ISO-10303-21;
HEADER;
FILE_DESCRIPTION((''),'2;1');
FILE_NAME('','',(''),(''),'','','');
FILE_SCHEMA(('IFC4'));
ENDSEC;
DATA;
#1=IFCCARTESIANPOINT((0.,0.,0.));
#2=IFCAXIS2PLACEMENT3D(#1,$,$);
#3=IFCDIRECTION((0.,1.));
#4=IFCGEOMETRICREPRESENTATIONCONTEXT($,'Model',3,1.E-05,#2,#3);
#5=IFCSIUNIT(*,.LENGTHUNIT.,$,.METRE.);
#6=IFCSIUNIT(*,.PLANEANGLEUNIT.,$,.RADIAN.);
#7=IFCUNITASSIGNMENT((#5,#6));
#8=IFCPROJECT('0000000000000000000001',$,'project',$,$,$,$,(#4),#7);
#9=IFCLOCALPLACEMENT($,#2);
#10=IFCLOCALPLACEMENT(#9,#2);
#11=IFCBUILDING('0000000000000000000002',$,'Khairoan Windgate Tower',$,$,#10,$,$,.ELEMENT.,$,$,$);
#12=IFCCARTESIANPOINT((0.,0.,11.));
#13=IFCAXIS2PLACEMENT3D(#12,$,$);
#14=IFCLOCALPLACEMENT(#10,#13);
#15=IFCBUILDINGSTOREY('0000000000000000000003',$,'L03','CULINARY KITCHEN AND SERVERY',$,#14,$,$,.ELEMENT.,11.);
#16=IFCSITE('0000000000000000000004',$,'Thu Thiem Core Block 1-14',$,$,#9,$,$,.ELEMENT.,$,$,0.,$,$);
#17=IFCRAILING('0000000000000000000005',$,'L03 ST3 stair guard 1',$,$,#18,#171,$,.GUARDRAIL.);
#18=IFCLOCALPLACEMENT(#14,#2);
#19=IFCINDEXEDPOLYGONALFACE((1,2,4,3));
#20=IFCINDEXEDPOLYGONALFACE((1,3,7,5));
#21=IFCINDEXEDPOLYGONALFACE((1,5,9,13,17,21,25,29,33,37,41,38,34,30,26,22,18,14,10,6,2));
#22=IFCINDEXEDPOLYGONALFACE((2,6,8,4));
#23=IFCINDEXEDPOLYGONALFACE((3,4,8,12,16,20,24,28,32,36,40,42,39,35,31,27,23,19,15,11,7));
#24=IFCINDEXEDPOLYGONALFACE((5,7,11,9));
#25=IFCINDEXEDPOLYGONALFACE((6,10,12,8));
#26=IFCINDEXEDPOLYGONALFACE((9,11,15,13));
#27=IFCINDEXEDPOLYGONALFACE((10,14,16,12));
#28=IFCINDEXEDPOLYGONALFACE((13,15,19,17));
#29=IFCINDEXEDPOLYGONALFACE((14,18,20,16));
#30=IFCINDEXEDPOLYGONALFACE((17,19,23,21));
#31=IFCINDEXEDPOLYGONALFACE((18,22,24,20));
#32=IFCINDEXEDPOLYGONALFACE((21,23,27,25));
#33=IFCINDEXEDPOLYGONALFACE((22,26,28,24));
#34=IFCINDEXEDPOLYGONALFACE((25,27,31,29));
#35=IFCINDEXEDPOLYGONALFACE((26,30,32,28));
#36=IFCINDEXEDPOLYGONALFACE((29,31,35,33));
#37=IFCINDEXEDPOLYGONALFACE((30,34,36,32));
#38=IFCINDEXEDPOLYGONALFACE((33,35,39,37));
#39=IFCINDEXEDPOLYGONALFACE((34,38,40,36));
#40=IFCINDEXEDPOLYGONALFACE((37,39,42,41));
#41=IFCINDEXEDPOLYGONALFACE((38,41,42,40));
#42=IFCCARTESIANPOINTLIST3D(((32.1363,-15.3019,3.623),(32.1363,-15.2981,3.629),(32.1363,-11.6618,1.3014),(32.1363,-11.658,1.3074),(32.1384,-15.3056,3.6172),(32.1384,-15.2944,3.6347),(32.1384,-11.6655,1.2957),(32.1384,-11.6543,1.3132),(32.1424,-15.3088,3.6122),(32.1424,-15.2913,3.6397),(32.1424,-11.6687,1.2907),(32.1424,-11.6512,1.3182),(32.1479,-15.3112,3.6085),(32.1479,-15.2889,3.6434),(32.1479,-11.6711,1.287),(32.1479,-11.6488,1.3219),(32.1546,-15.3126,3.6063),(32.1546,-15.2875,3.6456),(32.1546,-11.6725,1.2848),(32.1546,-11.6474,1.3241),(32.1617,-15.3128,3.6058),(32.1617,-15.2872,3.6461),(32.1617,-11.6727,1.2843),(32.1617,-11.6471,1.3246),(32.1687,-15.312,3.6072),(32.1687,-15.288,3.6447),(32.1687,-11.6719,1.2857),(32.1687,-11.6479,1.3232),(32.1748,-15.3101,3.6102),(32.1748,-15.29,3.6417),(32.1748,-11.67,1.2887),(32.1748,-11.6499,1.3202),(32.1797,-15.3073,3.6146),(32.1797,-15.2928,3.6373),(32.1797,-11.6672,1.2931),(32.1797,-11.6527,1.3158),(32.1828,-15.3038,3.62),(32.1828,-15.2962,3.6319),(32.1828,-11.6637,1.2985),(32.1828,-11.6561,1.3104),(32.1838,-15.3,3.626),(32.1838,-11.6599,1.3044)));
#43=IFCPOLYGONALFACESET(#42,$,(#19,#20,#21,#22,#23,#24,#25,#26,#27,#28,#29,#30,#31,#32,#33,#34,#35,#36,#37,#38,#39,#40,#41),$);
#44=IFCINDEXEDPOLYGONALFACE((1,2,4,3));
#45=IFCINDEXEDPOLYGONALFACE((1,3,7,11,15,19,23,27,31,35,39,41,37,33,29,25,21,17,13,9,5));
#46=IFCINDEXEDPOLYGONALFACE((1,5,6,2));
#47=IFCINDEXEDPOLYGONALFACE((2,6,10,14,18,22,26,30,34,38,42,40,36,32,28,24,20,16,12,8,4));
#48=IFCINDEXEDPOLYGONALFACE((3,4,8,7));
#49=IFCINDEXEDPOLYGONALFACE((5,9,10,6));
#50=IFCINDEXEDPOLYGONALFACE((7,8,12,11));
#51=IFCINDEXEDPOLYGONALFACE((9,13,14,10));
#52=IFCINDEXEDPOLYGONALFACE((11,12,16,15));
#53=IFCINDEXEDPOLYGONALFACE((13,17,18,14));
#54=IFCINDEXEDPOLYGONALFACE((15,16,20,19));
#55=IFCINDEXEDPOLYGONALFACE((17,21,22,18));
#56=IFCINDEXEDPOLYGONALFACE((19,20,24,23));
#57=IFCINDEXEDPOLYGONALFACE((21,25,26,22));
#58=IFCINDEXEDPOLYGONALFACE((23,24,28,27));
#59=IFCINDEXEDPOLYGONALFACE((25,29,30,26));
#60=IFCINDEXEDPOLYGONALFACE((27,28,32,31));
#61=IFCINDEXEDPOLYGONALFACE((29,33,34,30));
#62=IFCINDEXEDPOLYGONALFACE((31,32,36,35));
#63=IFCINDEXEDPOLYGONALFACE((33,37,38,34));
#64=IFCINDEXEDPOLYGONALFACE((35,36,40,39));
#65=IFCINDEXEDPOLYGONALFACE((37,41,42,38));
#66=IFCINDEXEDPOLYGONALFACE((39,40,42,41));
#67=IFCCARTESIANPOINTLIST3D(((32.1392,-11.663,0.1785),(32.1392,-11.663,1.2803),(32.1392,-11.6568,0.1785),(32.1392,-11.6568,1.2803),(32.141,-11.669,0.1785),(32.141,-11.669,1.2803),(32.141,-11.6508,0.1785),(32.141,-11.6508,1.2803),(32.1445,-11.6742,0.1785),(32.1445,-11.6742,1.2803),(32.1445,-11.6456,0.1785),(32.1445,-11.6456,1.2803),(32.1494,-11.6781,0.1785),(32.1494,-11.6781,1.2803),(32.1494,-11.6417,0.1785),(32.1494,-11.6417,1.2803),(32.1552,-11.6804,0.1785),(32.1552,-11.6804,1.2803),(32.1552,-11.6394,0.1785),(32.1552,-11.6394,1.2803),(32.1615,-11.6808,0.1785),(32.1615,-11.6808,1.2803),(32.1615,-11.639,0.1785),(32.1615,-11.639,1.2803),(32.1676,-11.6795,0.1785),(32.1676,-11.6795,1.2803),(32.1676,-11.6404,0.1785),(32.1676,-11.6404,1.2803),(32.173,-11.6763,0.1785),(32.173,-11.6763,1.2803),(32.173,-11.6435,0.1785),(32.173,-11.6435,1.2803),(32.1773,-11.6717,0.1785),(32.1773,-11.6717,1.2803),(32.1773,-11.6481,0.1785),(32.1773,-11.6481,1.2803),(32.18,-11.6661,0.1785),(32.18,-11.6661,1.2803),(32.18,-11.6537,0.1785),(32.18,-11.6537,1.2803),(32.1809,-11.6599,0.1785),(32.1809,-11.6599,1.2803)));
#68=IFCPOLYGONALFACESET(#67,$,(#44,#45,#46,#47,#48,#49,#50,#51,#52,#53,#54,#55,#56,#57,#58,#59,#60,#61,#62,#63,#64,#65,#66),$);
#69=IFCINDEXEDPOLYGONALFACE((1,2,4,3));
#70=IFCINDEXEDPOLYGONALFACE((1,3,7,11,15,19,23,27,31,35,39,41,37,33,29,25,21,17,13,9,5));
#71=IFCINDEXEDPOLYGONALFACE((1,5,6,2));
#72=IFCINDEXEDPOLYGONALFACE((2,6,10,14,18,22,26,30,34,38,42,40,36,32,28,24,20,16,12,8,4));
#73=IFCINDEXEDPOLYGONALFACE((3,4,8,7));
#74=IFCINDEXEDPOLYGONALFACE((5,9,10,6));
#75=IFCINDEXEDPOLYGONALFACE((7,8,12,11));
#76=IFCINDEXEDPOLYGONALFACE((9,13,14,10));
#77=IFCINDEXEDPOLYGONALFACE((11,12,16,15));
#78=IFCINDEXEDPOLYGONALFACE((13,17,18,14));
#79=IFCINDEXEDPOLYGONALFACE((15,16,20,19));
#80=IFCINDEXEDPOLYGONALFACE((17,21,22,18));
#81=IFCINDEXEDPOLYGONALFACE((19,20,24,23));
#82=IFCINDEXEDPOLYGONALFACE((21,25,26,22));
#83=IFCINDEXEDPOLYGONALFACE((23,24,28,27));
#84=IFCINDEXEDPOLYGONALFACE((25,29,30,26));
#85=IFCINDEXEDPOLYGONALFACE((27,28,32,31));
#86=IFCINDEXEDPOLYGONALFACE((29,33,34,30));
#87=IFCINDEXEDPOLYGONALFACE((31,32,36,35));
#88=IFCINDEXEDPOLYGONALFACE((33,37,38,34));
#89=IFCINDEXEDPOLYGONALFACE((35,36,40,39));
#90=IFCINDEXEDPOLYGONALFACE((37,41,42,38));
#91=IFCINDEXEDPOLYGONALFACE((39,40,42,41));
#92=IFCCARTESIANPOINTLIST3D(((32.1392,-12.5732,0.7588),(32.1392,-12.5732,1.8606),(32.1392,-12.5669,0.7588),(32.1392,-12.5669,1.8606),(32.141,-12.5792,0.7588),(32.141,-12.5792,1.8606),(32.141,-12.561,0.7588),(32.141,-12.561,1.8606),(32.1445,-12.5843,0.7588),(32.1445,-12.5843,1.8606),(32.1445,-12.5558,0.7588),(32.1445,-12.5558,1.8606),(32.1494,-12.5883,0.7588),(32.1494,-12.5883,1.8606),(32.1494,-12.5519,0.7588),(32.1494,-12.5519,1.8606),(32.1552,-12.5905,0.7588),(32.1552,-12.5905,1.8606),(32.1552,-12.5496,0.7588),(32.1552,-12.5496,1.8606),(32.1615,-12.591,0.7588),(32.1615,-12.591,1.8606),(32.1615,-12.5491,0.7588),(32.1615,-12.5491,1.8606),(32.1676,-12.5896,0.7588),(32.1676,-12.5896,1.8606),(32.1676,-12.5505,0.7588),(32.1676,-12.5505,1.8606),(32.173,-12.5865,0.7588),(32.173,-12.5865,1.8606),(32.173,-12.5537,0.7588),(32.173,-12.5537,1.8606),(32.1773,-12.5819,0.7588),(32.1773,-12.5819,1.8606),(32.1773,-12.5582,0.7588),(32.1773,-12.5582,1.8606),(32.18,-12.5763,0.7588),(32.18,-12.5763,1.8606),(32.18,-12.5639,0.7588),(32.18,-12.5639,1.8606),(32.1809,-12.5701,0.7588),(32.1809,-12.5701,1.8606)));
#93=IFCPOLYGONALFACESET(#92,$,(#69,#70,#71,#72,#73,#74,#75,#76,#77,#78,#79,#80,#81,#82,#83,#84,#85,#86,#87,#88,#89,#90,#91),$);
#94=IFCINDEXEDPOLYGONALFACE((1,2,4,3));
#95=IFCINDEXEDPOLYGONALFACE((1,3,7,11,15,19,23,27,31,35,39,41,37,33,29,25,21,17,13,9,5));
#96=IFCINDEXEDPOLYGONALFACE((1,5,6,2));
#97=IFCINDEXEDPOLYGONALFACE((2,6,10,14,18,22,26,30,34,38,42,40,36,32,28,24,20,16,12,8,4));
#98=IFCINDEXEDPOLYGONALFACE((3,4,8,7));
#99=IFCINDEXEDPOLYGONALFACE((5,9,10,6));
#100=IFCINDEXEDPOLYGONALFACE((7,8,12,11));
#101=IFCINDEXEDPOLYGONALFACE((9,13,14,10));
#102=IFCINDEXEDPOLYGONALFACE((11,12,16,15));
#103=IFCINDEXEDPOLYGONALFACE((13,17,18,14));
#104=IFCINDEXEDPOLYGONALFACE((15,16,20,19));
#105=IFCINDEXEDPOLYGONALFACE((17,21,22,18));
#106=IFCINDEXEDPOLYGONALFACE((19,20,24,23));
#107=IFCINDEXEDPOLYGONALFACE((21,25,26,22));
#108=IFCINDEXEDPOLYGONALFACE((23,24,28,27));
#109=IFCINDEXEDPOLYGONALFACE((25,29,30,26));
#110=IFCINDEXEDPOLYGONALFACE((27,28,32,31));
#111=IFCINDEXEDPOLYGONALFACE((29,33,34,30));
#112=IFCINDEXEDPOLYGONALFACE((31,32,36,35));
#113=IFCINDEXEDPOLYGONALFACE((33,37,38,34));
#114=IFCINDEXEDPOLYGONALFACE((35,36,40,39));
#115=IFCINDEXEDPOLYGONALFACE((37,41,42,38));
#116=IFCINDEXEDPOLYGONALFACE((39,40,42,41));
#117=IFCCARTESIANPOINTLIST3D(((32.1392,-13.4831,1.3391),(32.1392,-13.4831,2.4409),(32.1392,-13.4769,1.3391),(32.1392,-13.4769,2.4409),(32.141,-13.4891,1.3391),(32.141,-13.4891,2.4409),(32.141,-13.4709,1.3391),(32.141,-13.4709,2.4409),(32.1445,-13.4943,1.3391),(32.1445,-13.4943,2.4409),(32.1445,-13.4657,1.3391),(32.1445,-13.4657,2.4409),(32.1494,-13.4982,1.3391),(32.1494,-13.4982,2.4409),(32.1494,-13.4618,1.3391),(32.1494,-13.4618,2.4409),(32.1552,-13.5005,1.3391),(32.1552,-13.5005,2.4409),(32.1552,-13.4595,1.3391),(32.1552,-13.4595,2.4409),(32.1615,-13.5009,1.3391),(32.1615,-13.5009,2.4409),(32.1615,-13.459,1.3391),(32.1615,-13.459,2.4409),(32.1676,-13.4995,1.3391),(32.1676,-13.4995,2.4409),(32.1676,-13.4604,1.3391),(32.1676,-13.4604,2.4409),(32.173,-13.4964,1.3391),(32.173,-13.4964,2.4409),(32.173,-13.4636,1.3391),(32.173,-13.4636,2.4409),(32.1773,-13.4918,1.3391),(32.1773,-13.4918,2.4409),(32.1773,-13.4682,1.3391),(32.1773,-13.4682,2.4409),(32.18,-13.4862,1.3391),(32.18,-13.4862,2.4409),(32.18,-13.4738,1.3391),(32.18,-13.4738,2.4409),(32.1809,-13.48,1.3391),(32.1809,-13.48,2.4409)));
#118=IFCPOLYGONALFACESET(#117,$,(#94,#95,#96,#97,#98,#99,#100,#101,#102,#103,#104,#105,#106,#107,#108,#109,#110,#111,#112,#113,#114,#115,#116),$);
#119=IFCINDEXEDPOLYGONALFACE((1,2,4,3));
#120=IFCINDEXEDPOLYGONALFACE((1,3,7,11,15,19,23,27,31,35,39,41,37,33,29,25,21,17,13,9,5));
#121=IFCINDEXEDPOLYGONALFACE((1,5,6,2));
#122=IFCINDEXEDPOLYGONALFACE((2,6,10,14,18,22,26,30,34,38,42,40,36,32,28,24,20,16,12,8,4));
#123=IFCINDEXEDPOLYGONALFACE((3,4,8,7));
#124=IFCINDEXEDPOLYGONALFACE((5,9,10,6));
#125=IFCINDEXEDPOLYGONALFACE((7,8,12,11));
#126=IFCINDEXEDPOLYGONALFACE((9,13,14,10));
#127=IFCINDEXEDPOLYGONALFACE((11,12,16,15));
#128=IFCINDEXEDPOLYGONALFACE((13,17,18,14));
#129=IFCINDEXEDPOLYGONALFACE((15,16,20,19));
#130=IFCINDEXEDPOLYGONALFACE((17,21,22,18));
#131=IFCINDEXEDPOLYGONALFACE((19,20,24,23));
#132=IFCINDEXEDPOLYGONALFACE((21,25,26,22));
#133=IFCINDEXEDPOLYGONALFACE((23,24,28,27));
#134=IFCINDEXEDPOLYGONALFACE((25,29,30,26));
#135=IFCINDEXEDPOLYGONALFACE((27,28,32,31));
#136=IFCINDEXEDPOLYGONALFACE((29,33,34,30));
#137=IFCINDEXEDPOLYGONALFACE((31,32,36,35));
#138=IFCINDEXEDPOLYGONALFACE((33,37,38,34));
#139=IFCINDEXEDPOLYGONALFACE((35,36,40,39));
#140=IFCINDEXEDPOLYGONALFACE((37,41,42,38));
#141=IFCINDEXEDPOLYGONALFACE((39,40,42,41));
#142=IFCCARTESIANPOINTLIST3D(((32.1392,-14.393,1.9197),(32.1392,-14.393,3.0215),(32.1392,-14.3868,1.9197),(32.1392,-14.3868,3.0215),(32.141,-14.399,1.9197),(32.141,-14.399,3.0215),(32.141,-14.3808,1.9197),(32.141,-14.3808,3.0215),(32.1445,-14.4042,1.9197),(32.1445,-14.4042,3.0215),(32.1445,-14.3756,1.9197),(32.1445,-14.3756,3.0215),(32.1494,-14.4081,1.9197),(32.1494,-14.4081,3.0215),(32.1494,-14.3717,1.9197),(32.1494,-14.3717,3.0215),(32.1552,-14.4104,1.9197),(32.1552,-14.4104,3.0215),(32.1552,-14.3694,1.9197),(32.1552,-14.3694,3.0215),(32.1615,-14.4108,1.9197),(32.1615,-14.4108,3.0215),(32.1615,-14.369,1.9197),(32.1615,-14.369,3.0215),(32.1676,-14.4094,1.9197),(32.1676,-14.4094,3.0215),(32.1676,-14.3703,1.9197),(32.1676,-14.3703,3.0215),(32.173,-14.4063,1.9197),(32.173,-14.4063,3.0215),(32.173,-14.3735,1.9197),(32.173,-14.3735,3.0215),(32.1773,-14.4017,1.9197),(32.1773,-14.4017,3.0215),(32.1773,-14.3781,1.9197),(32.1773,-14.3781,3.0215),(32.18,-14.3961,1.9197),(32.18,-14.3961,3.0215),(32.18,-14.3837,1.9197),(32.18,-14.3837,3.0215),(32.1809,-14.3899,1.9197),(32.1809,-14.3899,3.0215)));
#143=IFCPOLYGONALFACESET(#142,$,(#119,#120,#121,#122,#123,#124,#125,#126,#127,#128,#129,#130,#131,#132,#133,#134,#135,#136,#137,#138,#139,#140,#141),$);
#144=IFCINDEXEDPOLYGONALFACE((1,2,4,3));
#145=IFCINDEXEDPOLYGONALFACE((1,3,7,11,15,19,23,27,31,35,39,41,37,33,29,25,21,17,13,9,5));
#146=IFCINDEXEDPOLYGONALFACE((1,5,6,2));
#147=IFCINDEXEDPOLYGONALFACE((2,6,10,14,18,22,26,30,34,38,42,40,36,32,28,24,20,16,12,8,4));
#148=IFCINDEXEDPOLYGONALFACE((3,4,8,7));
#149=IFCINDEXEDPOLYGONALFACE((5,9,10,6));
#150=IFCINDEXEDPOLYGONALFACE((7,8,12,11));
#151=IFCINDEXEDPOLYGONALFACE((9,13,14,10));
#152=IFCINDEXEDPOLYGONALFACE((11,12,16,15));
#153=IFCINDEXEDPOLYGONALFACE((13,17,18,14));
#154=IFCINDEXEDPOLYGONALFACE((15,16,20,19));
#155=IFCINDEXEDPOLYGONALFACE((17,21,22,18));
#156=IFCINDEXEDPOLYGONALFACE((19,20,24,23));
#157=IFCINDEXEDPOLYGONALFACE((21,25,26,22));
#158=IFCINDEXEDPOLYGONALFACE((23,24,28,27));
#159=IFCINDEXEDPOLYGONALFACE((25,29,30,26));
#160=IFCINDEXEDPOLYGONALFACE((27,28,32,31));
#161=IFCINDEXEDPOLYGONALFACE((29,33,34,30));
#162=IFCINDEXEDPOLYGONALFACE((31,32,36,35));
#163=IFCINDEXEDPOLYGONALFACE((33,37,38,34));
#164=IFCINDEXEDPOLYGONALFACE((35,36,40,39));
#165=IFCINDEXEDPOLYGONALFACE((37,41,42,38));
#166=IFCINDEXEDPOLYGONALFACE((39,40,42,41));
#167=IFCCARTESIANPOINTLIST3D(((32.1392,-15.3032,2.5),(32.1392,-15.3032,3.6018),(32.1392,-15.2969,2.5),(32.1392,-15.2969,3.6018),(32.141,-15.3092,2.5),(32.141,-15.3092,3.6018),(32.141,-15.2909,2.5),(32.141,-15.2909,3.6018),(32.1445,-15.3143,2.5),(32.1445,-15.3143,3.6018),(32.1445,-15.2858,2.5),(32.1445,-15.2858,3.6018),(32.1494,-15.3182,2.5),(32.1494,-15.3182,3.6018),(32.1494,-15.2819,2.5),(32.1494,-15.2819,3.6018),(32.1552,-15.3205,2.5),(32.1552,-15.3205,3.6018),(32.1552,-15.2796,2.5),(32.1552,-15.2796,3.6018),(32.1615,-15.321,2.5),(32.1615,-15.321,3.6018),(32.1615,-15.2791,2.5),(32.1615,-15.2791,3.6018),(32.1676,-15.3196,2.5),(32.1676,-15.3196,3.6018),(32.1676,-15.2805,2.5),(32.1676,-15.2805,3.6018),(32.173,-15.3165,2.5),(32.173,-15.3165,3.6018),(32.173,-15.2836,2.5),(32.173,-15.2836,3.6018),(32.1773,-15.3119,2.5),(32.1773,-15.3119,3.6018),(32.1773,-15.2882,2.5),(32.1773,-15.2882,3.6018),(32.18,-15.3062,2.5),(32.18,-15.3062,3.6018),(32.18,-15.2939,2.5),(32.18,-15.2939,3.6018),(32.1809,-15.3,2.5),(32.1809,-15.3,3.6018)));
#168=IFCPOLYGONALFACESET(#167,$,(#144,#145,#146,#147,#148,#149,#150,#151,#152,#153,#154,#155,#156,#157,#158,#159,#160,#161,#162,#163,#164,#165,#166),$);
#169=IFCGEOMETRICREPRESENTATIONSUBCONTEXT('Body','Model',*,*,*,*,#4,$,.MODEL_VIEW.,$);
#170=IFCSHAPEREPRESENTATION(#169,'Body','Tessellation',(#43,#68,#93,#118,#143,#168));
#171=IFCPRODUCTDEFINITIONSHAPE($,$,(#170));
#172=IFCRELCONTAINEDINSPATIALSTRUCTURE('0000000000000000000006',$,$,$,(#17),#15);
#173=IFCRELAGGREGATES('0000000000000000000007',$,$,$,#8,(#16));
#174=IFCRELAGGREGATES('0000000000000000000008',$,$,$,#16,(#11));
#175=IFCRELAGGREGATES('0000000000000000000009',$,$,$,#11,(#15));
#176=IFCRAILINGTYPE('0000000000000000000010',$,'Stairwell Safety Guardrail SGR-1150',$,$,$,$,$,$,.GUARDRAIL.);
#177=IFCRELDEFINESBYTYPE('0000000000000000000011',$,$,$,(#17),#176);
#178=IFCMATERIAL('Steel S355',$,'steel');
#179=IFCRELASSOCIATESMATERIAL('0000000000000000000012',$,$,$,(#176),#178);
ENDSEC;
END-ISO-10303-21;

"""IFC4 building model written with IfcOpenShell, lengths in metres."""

from ifc_helpers import new_model, si_unit, direction, frame, origin, origin_2d, place, context, subcontext, project, spatial, circle, extrude, material, type_object, element, save


model = new_model("IFC4")

# Units and contexts
model_context = context("Model", 3, precision=1e-05, world=origin(), true_north=direction((0.0, 1.0)))
body_context = subcontext(model_context, "Body", "Model", "MODEL_VIEW")
ifc_project = project(units=[si_unit("LENGTHUNIT", "METRE"), si_unit("PLANEANGLEUNIT", "RADIAN")], contexts=[model_context])

# Site, building, storey
site_placement = place(None, origin())
site = spatial("IfcSite", under=ifc_project, at=site_placement, Name="Thu Thiem Core Block 1-14", CompositionType="ELEMENT", RefElevation=0.0)
building_placement = place(site_placement, origin())
building = spatial("IfcBuilding", under=site, at=building_placement, Name="Khairoan Windgate Tower", CompositionType="ELEMENT")
storey_placement = place(building_placement, frame((0.0, 0.0, 11.0)))
storey = spatial("IfcBuildingStorey", under=building, at=storey_placement, Name="L03", Description="CULINARY KITCHEN AND SERVERY", CompositionType="ELEMENT", Elevation=11.0)

# Railing
ifc_material_1 = material(Name="Steel S355", Category="steel")
railing_type_1 = type_object("IfcRailingType", Name="Stairwell Safety Guardrail SGR-1150", PredefinedType="GUARDRAIL", material=ifc_material_1)
railing_1_placement = place(storey_placement, frame((32.1599, -11.6599, 0.1785)))
element("IfcRailing", 1, at=railing_1_placement, inside=storey, type_object=railing_type_1, Name="L03 ST3 stair guard 1", PredefinedType="GUARDRAIL", context=body_context, shape_type="SweptSolid", body=[
    extrude(circle(Radius=0.0239, at=origin_2d()), frame((0.0, 0.0, 1.126), z_axis=(0.0, -0.843128, 0.537713), x_axis=(1.0, 0.0, 0.0)), (0.0, 0.0, 1.0), 4.3174),
    extrude(circle(Radius=0.021, at=origin_2d()), origin(), (0.0, 0.0, 1.0), 1.1018),
    extrude(circle(Radius=0.021, at=origin_2d()), frame((0.0, -0.9102, 0.5803)), (0.0, 0.0, 1.0), 1.1018),
    extrude(circle(Radius=0.021, at=origin_2d()), frame((0.0, -1.8201, 1.1606)), (0.0, 0.0, 1.0), 1.1018),
    extrude(circle(Radius=0.021, at=origin_2d()), frame((0.0, -2.73, 1.7412)), (0.0, 0.0, 1.0), 1.1018),
    extrude(circle(Radius=0.021, at=origin_2d()), frame((0.0, -3.6401, 2.3215)), (0.0, 0.0, 1.0), 1.1018),
])

save(model, "model.ifc")
